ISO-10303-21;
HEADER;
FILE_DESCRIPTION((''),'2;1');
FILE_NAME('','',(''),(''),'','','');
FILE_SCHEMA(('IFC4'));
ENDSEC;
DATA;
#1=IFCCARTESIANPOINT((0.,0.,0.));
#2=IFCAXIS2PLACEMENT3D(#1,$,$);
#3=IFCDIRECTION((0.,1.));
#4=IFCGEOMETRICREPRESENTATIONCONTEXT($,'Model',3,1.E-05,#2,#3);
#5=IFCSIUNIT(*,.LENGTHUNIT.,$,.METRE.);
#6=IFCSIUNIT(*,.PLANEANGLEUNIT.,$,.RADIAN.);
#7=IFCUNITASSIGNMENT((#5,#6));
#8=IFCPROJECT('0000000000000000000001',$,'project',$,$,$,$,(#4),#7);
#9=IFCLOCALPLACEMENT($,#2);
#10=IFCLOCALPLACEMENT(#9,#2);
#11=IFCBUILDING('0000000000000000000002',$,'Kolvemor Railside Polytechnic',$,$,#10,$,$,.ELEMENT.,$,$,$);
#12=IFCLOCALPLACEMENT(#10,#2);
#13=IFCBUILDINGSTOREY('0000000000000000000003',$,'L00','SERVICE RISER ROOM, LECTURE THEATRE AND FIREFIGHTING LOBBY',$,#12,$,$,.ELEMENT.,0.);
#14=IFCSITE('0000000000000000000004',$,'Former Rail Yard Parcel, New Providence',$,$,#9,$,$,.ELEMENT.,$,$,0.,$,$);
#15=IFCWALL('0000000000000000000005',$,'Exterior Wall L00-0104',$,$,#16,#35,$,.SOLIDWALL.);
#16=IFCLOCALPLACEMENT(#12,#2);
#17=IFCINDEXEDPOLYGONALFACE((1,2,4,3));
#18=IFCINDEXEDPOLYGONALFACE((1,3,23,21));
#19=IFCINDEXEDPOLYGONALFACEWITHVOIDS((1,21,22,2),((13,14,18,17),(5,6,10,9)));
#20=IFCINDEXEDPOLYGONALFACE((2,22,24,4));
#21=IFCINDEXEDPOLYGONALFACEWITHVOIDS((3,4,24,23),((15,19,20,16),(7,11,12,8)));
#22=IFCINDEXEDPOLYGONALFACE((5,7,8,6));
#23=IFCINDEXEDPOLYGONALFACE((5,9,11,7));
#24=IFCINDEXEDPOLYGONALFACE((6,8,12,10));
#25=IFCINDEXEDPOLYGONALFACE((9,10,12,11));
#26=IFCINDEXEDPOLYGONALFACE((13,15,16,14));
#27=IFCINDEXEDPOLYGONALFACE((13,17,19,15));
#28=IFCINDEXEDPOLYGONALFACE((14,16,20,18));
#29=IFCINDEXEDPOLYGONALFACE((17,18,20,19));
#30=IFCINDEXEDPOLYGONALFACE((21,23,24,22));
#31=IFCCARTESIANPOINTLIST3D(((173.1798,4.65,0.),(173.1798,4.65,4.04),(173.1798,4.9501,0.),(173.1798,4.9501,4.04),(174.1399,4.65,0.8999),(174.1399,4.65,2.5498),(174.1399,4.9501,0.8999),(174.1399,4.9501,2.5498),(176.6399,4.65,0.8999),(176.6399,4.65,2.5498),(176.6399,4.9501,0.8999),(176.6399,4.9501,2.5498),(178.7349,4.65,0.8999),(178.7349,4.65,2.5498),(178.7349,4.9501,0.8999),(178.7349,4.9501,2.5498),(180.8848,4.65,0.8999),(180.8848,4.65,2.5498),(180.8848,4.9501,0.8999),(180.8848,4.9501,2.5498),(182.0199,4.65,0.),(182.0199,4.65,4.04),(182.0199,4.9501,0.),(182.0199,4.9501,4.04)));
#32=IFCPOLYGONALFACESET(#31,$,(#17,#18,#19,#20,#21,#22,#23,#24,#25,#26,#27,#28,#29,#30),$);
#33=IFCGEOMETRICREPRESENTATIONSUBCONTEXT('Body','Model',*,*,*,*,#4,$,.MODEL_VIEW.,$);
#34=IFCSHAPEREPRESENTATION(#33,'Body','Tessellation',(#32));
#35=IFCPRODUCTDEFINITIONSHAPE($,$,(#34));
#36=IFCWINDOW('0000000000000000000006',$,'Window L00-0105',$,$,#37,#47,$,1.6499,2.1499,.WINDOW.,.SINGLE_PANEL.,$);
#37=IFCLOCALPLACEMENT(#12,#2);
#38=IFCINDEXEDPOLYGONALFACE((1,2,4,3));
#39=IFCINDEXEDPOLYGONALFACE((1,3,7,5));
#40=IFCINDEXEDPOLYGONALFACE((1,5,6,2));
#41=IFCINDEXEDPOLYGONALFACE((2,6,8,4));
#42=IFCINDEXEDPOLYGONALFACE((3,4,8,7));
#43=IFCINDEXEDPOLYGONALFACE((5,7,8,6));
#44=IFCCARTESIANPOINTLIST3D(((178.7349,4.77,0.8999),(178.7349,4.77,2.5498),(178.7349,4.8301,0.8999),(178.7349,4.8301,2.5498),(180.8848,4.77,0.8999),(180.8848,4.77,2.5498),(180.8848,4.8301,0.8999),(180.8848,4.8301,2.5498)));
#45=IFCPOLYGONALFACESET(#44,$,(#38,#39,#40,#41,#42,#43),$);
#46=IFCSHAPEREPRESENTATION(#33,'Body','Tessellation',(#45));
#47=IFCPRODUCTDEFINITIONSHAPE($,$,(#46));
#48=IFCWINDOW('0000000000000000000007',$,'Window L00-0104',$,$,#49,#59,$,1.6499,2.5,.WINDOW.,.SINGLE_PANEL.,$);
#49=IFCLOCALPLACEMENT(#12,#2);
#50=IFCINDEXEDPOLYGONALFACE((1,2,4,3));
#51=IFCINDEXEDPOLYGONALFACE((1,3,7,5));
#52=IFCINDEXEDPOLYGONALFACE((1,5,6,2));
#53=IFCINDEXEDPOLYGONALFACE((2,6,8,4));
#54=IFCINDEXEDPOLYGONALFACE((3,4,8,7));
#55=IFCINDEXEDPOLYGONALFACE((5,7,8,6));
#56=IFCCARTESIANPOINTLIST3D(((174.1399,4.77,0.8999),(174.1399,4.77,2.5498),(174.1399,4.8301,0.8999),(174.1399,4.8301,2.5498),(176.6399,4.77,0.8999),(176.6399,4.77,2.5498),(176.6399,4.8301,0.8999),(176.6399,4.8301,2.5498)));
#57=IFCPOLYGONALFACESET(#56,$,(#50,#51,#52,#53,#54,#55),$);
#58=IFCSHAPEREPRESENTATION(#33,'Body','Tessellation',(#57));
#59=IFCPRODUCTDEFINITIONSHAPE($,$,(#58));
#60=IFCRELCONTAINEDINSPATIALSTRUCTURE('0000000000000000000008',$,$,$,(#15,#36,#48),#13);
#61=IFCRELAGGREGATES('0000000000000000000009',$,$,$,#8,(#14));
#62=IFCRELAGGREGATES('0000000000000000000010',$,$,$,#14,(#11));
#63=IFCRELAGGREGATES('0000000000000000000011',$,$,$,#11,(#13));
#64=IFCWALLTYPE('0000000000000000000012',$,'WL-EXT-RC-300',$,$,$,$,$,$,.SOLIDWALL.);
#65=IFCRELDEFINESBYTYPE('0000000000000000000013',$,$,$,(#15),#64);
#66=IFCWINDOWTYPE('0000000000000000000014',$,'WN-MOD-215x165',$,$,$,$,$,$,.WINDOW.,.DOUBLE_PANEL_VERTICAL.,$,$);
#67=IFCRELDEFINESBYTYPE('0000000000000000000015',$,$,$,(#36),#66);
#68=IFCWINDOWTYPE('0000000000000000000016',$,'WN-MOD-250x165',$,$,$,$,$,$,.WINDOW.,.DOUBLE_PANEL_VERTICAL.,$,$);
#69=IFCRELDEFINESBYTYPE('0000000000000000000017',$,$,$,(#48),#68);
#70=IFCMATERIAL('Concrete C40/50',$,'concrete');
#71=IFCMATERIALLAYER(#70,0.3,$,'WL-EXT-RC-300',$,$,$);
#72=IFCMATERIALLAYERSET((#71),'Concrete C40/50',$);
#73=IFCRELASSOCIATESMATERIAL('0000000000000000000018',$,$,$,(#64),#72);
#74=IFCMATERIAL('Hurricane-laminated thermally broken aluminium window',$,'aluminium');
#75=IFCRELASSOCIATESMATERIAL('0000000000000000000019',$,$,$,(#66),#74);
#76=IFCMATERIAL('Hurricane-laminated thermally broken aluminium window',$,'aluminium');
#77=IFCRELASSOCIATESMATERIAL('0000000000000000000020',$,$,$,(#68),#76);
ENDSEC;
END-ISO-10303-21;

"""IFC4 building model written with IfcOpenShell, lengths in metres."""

from ifc_helpers import new_model, si_unit, direction, frame, frame_2d, origin, place, context, subcontext, project, spatial, rectangle, extrude, material, layer, layer_set, type_object, element, fill, save


model = new_model("IFC4")

# Units and contexts
model_context = context("Model", 3, precision=1e-05, world=origin(), true_north=direction((0.0, 1.0)))
body_context = subcontext(model_context, "Body", "Model", "MODEL_VIEW")
ifc_project = project(units=[si_unit("LENGTHUNIT", "METRE"), si_unit("PLANEANGLEUNIT", "RADIAN")], contexts=[model_context])

# Site, building, storey
site_placement = place(None, origin())
site = spatial("IfcSite", under=ifc_project, at=site_placement, Name="Former Rail Yard Parcel, New Providence", CompositionType="ELEMENT", RefElevation=0.0)
building_placement = place(site_placement, origin())
building = spatial("IfcBuilding", under=site, at=building_placement, Name="Kolvemor Railside Polytechnic", CompositionType="ELEMENT")
storey_placement = place(building_placement, origin())
storey = spatial("IfcBuildingStorey", under=building, at=storey_placement, Name="L00", Description="SERVICE RISER ROOM, LECTURE THEATRE AND FIREFIGHTING LOBBY", CompositionType="ELEMENT", Elevation=0.0)

# Wall, openings, windows
ifc_material_1 = material(Name="Concrete C40/50", Category="concrete")
ifc_layer = layer(ifc_material_1, 0.3, Name="WL-EXT-RC-300")
ifc_layer_set = layer_set([ifc_layer], Name="Concrete C40/50")
wall_type = type_object("IfcWallType", Name="WL-EXT-RC-300", PredefinedType="SOLIDWALL", material=ifc_layer_set)
wall_placement = place(storey_placement, frame((173.1799, 4.8, 0.0), z_axis=(0.0, 0.0, 1.0), x_axis=(1.0, 0.0, 0.0)))
wall = element("IfcWall", 1, at=wall_placement, inside=storey, type_object=wall_type, Name="Exterior Wall L00-0104", PredefinedType="SOLIDWALL", context=body_context, shape_type="SweptSolid", body=[
    extrude(rectangle(XDim=8.8401, YDim=0.3, at=frame_2d((4.4199, 0.0))), origin(), (0.0, 0.0, 1.0), 4.04),
])
opening_1_placement = place(wall_placement, frame((0.96, 0.0, 0.8999)))
opening_1 = element("IfcOpeningElement", 2, at=opening_1_placement, cuts=wall, PredefinedType="OPENING", context=body_context, shape_type="SweptSolid", body=[
    extrude(rectangle(XDim=2.5, YDim=1.6499, at=frame_2d((1.25, 0.825))), frame((0.0, 0.1599, 0.0), z_axis=(0.0, -1.0, 0.0), x_axis=(1.0, 0.0, 0.0)), (0.0, 0.0, 1.0), 0.3201),
])
opening_2_placement = place(wall_placement, frame((5.5549, 0.0, 0.8999)))
opening_2 = element("IfcOpeningElement", 3, at=opening_2_placement, cuts=wall, PredefinedType="OPENING", context=body_context, shape_type="SweptSolid", body=[
    extrude(rectangle(XDim=2.1499, YDim=1.6499, at=frame_2d((1.075, 0.825))), frame((0.0, 0.1599, 0.0), z_axis=(0.0, -1.0, 0.0), x_axis=(1.0, 0.0, 0.0)), (0.0, 0.0, 1.0), 0.3201),
])
ifc_material_2 = material(Name="Hurricane-laminated thermally broken aluminium window", Category="aluminium")
window_type_1 = type_object("IfcWindowType", Name="WN-MOD-215x165", PartitioningType="DOUBLE_PANEL_VERTICAL", PredefinedType="WINDOW", material=ifc_material_2)
window_1_placement = place(opening_2_placement, origin())
window_1 = element("IfcWindow", 4, at=window_1_placement, inside=storey, type_object=window_type_1, Name="Window L00-0105", OverallHeight=1.6499, OverallWidth=2.1499, PartitioningType="SINGLE_PANEL", PredefinedType="WINDOW", context=body_context, shape_type="SweptSolid", body=[
    extrude(rectangle(XDim=2.1499, YDim=1.6499, at=frame_2d((1.075, 0.825))), frame((0.0, 0.03, 0.0), z_axis=(0.0, -1.0, 0.0), x_axis=(1.0, 0.0, 0.0)), (0.0, 0.0, 1.0), 0.0601),
])
fill(opening_2, window_1)
ifc_material_3 = material(Name="Hurricane-laminated thermally broken aluminium window", Category="aluminium")
window_type_2 = type_object("IfcWindowType", Name="WN-MOD-250x165", PartitioningType="DOUBLE_PANEL_VERTICAL", PredefinedType="WINDOW", material=ifc_material_3)
window_2_placement = place(opening_1_placement, origin())
window_2 = element("IfcWindow", 5, at=window_2_placement, inside=storey, type_object=window_type_2, Name="Window L00-0104", OverallHeight=1.6499, OverallWidth=2.5, PartitioningType="SINGLE_PANEL", PredefinedType="WINDOW", context=body_context, shape_type="SweptSolid", body=[
    extrude(rectangle(XDim=2.5, YDim=1.6499, at=frame_2d((1.25, 0.825))), frame((0.0, 0.03, 0.0), z_axis=(0.0, -1.0, 0.0), x_axis=(1.0, 0.0, 0.0)), (0.0, 0.0, 1.0), 0.0601),
])
fill(opening_1, window_2)

save(model, "model.ifc")
